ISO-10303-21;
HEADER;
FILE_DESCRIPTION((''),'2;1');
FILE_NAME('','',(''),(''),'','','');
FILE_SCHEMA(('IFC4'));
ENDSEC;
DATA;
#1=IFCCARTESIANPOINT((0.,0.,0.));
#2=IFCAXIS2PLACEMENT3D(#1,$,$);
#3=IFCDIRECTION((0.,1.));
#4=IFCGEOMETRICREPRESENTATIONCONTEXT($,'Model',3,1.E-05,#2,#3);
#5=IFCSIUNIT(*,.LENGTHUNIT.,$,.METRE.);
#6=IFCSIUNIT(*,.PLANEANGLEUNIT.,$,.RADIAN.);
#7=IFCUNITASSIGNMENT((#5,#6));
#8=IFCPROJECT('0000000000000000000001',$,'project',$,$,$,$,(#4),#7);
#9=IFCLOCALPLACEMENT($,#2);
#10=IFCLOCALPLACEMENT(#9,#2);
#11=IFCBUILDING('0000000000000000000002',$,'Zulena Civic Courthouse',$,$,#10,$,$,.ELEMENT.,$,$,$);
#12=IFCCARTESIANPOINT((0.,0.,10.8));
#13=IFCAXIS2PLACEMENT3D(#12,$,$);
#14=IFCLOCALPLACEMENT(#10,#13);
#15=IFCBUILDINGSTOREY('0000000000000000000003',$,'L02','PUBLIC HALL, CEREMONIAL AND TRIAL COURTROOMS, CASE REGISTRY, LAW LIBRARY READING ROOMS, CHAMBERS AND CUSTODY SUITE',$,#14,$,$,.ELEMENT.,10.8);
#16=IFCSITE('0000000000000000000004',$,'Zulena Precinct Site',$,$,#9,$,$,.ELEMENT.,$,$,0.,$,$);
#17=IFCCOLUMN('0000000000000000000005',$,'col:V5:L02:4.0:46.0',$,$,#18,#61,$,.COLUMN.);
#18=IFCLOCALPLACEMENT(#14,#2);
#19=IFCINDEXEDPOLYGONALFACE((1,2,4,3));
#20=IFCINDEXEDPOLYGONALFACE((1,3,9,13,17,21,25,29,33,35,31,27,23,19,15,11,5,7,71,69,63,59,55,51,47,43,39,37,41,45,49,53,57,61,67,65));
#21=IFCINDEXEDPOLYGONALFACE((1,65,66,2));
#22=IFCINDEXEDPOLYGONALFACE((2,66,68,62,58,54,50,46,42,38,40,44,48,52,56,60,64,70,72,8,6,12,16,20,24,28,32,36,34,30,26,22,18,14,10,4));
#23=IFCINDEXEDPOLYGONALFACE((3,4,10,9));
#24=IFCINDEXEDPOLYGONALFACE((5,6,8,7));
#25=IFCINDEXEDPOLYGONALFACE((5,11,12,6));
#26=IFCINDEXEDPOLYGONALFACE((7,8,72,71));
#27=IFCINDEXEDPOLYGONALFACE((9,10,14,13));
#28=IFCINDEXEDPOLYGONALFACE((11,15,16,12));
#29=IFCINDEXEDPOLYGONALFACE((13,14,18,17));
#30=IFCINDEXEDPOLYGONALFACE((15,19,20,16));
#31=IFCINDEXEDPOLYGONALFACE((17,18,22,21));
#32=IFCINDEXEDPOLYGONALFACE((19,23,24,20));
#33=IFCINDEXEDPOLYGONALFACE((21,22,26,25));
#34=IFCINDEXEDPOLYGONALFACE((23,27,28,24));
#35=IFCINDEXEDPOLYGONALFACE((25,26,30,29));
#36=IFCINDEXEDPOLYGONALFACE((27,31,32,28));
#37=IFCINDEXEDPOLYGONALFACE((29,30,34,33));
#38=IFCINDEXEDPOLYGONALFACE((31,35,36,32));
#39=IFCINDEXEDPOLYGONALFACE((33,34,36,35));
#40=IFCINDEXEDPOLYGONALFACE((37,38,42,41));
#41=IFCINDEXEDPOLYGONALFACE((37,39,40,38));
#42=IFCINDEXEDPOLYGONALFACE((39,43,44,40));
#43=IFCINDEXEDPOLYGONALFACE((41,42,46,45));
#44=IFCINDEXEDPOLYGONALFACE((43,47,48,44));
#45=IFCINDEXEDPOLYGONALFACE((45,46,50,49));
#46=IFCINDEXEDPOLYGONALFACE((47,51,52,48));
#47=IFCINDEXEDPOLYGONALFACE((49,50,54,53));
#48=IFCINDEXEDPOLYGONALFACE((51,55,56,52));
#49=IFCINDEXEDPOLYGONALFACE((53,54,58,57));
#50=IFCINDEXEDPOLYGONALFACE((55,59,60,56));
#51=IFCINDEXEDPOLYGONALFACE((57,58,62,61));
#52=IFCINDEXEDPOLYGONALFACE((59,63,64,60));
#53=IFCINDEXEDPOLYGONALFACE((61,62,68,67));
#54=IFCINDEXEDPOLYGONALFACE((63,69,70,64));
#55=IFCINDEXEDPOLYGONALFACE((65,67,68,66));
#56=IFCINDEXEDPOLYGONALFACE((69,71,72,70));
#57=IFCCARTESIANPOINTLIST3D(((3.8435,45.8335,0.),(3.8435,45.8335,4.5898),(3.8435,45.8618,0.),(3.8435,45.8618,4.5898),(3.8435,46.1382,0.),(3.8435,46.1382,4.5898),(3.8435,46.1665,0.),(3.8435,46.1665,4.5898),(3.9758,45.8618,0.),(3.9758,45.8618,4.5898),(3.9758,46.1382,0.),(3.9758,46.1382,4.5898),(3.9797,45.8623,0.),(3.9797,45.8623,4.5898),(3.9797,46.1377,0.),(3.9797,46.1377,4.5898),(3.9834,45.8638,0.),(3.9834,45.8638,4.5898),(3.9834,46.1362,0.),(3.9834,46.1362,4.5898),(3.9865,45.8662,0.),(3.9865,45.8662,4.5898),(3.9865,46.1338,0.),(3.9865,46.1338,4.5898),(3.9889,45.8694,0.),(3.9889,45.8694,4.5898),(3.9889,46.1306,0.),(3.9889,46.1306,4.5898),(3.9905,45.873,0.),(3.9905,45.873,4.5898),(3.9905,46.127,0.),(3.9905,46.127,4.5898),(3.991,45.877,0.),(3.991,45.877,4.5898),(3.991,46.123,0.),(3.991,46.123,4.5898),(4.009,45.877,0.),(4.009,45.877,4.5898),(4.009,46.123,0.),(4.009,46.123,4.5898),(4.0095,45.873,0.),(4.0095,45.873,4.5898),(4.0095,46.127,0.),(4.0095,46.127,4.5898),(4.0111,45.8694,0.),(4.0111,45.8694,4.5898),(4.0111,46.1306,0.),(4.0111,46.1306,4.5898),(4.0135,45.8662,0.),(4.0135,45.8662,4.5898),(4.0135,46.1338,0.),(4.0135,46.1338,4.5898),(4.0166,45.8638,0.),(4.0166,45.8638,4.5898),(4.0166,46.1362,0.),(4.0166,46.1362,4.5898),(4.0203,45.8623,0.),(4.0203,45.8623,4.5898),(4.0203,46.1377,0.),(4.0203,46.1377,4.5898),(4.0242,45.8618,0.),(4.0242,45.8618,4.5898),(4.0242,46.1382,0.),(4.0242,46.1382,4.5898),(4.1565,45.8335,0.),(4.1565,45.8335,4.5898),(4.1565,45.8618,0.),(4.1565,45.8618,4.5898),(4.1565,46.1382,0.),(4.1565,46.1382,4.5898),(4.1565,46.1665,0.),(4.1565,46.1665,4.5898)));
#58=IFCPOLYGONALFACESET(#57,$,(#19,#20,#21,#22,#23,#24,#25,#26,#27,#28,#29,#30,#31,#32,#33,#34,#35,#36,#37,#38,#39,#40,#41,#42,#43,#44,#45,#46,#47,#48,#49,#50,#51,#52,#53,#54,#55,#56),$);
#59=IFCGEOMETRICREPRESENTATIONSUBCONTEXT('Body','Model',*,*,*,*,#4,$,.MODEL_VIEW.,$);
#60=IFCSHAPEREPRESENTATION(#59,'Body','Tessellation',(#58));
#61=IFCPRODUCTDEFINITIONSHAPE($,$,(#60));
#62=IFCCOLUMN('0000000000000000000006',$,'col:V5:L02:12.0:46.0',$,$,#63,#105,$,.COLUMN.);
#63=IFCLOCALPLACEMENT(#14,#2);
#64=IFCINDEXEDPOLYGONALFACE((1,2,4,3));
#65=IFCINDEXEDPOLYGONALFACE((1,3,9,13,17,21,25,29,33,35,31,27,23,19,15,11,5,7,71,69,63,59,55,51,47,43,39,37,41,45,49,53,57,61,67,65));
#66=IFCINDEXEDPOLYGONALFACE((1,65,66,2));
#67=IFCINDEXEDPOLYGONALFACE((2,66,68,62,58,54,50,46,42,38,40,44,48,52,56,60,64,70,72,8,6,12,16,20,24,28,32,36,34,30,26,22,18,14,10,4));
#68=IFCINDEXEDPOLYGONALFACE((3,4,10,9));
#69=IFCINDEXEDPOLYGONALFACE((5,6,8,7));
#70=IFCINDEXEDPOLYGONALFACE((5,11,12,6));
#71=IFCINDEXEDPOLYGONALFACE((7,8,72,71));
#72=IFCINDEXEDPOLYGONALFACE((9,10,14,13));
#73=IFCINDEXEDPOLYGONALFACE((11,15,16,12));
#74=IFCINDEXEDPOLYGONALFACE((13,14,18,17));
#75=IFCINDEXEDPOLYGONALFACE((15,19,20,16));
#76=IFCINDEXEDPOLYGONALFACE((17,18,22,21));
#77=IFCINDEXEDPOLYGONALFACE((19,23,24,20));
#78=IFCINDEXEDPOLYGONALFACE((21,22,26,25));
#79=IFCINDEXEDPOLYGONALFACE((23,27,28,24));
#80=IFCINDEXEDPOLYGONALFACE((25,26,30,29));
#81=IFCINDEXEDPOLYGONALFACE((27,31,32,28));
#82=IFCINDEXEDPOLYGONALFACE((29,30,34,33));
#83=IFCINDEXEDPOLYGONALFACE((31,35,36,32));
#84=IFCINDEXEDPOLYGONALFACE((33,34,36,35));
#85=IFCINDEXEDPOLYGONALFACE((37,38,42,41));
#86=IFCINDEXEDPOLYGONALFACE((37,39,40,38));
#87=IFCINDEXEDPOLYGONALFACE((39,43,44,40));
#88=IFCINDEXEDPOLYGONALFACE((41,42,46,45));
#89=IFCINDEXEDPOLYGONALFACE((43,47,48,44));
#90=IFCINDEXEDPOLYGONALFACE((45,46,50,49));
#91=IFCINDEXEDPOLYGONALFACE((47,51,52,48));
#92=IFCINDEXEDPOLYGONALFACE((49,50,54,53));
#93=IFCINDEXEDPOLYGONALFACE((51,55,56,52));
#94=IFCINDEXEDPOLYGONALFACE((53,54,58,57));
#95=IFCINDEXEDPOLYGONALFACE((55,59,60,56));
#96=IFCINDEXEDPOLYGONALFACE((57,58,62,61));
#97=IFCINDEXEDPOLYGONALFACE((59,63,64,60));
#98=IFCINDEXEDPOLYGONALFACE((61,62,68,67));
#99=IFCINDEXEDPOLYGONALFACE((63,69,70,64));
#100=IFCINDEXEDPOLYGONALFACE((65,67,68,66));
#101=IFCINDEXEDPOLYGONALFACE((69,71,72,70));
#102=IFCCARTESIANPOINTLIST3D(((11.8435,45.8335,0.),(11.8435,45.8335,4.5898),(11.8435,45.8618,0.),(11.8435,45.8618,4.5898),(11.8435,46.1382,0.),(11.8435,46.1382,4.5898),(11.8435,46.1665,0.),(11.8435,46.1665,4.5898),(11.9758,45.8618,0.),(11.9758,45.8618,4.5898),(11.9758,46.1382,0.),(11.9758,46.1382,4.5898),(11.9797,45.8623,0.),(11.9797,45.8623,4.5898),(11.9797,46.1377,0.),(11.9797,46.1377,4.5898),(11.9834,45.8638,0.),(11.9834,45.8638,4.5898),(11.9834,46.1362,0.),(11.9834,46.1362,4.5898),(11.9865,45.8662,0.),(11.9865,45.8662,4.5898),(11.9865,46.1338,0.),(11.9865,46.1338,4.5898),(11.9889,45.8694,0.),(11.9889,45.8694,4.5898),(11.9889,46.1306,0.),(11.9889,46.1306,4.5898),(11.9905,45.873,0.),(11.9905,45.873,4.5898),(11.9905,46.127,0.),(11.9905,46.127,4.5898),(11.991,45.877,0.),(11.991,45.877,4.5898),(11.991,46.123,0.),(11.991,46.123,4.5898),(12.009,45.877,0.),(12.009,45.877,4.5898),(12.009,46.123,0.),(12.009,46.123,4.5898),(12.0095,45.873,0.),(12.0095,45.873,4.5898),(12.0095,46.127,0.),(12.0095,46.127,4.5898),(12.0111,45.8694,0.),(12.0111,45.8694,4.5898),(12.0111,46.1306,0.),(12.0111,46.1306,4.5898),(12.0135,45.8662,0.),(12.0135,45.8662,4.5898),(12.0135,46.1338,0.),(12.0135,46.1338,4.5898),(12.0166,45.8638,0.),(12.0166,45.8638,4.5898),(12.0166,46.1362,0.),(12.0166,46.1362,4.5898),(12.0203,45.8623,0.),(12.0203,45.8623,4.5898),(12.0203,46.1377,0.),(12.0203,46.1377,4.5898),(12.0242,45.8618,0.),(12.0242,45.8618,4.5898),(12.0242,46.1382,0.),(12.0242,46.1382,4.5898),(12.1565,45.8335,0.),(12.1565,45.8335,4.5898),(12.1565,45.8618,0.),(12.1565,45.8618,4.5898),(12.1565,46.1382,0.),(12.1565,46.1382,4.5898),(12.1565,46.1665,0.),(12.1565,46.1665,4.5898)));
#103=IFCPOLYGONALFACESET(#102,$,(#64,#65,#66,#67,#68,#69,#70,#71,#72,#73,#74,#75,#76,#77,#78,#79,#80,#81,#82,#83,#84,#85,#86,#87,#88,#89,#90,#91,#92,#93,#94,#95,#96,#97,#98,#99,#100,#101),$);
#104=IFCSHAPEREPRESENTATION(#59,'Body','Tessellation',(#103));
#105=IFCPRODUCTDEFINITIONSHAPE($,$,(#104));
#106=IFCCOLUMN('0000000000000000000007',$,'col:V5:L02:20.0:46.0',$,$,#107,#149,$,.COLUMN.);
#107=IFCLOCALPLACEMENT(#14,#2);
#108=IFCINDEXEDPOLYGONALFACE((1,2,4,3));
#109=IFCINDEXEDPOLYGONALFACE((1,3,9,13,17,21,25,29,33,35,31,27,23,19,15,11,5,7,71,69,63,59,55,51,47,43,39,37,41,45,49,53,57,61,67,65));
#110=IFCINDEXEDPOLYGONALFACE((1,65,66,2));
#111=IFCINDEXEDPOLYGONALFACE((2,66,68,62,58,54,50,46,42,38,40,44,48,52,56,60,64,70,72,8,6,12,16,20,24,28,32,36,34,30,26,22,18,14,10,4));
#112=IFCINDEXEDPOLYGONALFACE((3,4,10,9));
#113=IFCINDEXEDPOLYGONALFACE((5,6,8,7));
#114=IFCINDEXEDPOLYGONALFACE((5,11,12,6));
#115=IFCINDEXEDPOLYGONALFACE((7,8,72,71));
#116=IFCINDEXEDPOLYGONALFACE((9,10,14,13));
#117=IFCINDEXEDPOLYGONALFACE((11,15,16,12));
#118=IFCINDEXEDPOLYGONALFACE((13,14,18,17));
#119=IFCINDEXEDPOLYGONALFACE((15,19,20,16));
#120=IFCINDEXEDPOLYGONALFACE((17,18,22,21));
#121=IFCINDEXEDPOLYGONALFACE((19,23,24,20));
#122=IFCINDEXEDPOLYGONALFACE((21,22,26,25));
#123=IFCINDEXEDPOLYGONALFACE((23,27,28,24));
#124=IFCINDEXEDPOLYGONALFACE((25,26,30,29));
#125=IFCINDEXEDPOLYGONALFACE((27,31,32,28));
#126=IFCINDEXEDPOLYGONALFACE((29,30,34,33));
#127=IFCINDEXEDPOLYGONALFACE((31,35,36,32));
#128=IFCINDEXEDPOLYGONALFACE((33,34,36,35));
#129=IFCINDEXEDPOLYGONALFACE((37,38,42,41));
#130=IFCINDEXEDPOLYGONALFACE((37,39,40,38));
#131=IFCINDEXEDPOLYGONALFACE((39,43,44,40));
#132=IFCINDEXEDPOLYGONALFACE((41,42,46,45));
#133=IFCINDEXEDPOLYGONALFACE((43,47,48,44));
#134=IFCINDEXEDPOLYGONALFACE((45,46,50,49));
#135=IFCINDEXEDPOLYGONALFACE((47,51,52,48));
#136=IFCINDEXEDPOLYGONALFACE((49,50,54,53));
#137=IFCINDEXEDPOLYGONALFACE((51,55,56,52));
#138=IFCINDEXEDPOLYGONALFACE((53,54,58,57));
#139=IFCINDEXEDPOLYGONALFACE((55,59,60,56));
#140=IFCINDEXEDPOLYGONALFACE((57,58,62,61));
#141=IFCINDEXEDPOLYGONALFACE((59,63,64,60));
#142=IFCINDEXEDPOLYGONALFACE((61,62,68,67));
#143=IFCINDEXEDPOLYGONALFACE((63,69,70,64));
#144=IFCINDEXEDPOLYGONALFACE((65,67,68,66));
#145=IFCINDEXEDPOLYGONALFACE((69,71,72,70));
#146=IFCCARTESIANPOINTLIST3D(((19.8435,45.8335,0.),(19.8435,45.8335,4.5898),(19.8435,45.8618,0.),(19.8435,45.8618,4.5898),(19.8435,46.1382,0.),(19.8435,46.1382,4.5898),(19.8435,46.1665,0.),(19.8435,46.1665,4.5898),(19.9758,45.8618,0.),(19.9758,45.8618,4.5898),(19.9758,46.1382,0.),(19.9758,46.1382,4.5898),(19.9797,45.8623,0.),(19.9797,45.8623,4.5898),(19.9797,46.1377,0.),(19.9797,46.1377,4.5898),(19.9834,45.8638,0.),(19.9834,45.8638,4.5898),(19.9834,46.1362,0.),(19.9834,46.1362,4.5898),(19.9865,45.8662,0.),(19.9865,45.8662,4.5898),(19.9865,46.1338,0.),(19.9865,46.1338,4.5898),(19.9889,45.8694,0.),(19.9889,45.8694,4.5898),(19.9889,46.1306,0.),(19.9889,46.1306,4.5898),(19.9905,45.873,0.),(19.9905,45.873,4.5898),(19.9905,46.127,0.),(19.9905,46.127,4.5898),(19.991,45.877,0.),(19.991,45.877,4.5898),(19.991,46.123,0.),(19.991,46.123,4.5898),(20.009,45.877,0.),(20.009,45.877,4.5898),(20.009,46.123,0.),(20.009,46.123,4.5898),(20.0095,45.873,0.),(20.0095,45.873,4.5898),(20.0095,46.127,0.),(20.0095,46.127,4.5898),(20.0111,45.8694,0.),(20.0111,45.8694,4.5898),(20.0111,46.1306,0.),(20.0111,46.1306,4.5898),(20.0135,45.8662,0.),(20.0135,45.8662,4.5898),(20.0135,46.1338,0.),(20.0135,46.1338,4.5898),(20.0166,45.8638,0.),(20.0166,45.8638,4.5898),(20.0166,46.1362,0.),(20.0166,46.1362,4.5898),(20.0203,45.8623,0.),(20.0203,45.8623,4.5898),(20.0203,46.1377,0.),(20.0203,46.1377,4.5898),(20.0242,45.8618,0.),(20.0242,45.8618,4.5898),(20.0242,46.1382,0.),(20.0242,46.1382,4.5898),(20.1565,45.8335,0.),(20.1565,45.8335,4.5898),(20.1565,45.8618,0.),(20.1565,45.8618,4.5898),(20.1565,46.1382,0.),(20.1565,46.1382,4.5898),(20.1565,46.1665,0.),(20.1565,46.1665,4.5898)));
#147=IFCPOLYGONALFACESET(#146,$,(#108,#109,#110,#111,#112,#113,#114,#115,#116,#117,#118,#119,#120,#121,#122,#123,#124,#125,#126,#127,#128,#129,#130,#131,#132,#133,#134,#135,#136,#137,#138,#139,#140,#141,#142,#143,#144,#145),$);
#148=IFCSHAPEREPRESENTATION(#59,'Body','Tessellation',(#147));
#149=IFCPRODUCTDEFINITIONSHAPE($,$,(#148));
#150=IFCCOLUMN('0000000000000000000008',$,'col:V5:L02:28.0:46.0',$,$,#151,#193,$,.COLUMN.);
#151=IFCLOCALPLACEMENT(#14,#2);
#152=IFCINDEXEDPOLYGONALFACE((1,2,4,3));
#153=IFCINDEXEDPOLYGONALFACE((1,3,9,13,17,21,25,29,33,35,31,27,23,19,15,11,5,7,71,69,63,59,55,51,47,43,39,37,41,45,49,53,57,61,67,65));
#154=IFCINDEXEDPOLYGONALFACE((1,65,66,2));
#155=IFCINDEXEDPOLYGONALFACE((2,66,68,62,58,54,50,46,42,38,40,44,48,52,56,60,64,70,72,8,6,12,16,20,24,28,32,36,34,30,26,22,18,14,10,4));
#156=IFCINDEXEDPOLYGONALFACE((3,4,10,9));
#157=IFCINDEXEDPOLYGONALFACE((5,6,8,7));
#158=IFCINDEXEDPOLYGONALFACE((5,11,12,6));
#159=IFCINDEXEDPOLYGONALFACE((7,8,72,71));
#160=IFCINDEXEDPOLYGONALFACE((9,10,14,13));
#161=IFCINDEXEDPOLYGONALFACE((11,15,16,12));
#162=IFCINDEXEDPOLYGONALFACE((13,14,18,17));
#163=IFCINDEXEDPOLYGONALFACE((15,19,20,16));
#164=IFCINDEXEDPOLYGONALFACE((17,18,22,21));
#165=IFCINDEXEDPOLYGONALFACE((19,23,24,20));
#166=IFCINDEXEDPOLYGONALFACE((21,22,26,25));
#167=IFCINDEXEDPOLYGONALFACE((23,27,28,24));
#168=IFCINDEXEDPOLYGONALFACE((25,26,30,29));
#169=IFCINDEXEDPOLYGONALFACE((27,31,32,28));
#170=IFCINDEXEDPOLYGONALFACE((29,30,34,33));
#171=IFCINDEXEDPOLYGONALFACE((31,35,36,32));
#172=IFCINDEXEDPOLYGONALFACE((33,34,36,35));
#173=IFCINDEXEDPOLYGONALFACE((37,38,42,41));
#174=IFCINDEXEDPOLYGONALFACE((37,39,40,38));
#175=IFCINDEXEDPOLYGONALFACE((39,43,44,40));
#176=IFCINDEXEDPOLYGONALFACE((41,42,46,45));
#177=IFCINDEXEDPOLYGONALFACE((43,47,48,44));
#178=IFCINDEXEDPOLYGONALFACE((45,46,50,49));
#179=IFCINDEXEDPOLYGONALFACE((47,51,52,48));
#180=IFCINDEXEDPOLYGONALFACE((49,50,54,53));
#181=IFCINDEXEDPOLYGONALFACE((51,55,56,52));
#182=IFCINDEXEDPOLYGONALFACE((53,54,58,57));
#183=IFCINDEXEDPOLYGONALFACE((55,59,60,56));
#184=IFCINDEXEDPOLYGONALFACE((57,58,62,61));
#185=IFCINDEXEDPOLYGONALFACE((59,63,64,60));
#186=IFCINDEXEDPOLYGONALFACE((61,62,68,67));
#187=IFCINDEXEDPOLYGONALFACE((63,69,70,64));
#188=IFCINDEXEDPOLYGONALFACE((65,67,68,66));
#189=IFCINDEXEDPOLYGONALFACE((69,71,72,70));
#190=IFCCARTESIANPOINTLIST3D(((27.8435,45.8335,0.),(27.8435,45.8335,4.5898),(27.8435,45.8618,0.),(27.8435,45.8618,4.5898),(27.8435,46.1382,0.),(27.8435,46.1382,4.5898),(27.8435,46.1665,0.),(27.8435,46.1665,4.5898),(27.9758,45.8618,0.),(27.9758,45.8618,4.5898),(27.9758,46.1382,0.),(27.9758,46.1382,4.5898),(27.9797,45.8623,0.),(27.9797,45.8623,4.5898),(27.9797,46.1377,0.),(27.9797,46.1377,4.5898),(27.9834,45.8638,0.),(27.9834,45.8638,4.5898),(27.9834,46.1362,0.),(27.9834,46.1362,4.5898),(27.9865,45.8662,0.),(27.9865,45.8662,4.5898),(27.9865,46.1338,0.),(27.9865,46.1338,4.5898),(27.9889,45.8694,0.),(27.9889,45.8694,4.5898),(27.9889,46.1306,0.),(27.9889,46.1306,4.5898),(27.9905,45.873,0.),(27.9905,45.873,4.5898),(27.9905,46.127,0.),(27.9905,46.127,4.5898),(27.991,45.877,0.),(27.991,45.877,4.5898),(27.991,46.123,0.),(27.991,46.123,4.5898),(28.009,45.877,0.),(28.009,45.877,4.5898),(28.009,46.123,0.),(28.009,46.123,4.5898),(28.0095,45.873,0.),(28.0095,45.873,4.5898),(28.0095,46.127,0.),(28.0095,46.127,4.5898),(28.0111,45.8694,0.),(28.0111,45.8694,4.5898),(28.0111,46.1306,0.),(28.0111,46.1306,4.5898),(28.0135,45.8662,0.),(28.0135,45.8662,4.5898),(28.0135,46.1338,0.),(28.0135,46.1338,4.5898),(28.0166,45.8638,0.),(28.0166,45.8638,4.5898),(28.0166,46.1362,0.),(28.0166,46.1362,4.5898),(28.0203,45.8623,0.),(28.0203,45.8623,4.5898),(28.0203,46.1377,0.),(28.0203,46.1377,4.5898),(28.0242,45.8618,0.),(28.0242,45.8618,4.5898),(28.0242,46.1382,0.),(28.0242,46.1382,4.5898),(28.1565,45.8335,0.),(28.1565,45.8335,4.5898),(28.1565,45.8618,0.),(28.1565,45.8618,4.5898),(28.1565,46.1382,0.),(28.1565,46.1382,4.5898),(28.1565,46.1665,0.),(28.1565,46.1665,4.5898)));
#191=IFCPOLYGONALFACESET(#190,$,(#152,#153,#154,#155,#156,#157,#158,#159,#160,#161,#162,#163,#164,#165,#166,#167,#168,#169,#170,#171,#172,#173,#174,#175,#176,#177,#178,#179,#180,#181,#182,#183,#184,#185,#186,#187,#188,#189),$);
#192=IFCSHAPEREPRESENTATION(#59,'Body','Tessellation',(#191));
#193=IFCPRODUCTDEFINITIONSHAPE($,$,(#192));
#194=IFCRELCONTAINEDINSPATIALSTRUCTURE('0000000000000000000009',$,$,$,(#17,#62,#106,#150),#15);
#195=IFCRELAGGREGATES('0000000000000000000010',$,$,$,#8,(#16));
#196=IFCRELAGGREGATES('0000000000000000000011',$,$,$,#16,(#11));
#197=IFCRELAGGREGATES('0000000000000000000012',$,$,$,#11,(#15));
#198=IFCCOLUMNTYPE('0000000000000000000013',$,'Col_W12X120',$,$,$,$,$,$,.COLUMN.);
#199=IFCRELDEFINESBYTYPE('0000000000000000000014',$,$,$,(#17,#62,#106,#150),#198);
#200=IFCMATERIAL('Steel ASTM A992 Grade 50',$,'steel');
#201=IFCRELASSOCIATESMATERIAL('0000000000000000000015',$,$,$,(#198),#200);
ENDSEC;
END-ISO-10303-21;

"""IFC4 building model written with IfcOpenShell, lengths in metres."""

from ifc_helpers import new_model, si_unit, direction, frame, origin, origin_2d, place, context, subcontext, project, spatial, i_section, extrude, material, material_profile, profile_set, type_object, element, save


model = new_model("IFC4")

# Units and contexts
model_context = context("Model", 3, precision=1e-05, world=origin(), true_north=direction((0.0, 1.0)))
body_context = subcontext(model_context, "Body", "Model", "MODEL_VIEW")
ifc_project = project(units=[si_unit("LENGTHUNIT", "METRE"), si_unit("PLANEANGLEUNIT", "RADIAN")], contexts=[model_context])

# Site, building, storey
site_placement = place(None, origin())
site = spatial("IfcSite", under=ifc_project, at=site_placement, Name="Zulena Precinct Site", CompositionType="ELEMENT", RefElevation=0.0)
building_placement = place(site_placement, origin())
building = spatial("IfcBuilding", under=site, at=building_placement, Name="Zulena Civic Courthouse", CompositionType="ELEMENT")
storey_placement = place(building_placement, frame((0.0, 0.0, 10.8)))
storey = spatial("IfcBuildingStorey", under=building, at=storey_placement, Name="L02", Description="PUBLIC HALL, CEREMONIAL AND TRIAL COURTROOMS, CASE REGISTRY, LAW LIBRARY READING ROOMS, CHAMBERS AND CUSTODY SUITE", CompositionType="ELEMENT", Elevation=10.8)

# Columns
ifc_material_1 = material(Name="Steel ASTM A992 Grade 50", Category="steel")
ifc_material_profile_1 = material_profile(ifc_material_1, i_section(OverallWidth=0.313, OverallDepth=0.333, WebThickness=0.0181, FlangeThickness=0.0283, FilletRadius=0.0151, at=origin_2d()), Name="W12X120")
ifc_profile_set_1 = profile_set([ifc_material_profile_1], Name="Steel ASTM A992 Grade 50")
column_type_1 = type_object("IfcColumnType", Name="Col_W12X120", PredefinedType="COLUMN", material=ifc_profile_set_1)
for number, where, z_axis, x_axis, name in (
    (1, (4.0, 46.0, 0.0), (0.0, 0.0, 1.0), (1.0, 0.0, 0.0), "col:V5:L02:4.0:46.0"),
    (2, (12.0, 46.0, 0.0), (0.0, 0.0, 1.0), (1.0, 0.0, 0.0), "col:V5:L02:12.0:46.0"),
    (3, (20.0, 46.0, 0.0), (0.0, 0.0, 1.0), (1.0, 0.0, 0.0), "col:V5:L02:20.0:46.0"),
    (4, (28.0, 46.0, 0.0), (0.0, 0.0, 1.0), (1.0, 0.0, 0.0), "col:V5:L02:28.0:46.0"),
):
    element("IfcColumn", number, at=place(storey_placement, frame(where, z_axis=z_axis, x_axis=x_axis)), inside=storey, type_object=column_type_1, Name=name, PredefinedType="COLUMN", context=body_context, shape_type="SweptSolid", body=[
        extrude(i_section(OverallWidth=0.313, OverallDepth=0.333, WebThickness=0.0181, FlangeThickness=0.0283, FilletRadius=0.0151, at=origin_2d()), origin(), (0.0, 0.0, 1.0), 4.5898),
    ])

save(model, "model.ifc")
